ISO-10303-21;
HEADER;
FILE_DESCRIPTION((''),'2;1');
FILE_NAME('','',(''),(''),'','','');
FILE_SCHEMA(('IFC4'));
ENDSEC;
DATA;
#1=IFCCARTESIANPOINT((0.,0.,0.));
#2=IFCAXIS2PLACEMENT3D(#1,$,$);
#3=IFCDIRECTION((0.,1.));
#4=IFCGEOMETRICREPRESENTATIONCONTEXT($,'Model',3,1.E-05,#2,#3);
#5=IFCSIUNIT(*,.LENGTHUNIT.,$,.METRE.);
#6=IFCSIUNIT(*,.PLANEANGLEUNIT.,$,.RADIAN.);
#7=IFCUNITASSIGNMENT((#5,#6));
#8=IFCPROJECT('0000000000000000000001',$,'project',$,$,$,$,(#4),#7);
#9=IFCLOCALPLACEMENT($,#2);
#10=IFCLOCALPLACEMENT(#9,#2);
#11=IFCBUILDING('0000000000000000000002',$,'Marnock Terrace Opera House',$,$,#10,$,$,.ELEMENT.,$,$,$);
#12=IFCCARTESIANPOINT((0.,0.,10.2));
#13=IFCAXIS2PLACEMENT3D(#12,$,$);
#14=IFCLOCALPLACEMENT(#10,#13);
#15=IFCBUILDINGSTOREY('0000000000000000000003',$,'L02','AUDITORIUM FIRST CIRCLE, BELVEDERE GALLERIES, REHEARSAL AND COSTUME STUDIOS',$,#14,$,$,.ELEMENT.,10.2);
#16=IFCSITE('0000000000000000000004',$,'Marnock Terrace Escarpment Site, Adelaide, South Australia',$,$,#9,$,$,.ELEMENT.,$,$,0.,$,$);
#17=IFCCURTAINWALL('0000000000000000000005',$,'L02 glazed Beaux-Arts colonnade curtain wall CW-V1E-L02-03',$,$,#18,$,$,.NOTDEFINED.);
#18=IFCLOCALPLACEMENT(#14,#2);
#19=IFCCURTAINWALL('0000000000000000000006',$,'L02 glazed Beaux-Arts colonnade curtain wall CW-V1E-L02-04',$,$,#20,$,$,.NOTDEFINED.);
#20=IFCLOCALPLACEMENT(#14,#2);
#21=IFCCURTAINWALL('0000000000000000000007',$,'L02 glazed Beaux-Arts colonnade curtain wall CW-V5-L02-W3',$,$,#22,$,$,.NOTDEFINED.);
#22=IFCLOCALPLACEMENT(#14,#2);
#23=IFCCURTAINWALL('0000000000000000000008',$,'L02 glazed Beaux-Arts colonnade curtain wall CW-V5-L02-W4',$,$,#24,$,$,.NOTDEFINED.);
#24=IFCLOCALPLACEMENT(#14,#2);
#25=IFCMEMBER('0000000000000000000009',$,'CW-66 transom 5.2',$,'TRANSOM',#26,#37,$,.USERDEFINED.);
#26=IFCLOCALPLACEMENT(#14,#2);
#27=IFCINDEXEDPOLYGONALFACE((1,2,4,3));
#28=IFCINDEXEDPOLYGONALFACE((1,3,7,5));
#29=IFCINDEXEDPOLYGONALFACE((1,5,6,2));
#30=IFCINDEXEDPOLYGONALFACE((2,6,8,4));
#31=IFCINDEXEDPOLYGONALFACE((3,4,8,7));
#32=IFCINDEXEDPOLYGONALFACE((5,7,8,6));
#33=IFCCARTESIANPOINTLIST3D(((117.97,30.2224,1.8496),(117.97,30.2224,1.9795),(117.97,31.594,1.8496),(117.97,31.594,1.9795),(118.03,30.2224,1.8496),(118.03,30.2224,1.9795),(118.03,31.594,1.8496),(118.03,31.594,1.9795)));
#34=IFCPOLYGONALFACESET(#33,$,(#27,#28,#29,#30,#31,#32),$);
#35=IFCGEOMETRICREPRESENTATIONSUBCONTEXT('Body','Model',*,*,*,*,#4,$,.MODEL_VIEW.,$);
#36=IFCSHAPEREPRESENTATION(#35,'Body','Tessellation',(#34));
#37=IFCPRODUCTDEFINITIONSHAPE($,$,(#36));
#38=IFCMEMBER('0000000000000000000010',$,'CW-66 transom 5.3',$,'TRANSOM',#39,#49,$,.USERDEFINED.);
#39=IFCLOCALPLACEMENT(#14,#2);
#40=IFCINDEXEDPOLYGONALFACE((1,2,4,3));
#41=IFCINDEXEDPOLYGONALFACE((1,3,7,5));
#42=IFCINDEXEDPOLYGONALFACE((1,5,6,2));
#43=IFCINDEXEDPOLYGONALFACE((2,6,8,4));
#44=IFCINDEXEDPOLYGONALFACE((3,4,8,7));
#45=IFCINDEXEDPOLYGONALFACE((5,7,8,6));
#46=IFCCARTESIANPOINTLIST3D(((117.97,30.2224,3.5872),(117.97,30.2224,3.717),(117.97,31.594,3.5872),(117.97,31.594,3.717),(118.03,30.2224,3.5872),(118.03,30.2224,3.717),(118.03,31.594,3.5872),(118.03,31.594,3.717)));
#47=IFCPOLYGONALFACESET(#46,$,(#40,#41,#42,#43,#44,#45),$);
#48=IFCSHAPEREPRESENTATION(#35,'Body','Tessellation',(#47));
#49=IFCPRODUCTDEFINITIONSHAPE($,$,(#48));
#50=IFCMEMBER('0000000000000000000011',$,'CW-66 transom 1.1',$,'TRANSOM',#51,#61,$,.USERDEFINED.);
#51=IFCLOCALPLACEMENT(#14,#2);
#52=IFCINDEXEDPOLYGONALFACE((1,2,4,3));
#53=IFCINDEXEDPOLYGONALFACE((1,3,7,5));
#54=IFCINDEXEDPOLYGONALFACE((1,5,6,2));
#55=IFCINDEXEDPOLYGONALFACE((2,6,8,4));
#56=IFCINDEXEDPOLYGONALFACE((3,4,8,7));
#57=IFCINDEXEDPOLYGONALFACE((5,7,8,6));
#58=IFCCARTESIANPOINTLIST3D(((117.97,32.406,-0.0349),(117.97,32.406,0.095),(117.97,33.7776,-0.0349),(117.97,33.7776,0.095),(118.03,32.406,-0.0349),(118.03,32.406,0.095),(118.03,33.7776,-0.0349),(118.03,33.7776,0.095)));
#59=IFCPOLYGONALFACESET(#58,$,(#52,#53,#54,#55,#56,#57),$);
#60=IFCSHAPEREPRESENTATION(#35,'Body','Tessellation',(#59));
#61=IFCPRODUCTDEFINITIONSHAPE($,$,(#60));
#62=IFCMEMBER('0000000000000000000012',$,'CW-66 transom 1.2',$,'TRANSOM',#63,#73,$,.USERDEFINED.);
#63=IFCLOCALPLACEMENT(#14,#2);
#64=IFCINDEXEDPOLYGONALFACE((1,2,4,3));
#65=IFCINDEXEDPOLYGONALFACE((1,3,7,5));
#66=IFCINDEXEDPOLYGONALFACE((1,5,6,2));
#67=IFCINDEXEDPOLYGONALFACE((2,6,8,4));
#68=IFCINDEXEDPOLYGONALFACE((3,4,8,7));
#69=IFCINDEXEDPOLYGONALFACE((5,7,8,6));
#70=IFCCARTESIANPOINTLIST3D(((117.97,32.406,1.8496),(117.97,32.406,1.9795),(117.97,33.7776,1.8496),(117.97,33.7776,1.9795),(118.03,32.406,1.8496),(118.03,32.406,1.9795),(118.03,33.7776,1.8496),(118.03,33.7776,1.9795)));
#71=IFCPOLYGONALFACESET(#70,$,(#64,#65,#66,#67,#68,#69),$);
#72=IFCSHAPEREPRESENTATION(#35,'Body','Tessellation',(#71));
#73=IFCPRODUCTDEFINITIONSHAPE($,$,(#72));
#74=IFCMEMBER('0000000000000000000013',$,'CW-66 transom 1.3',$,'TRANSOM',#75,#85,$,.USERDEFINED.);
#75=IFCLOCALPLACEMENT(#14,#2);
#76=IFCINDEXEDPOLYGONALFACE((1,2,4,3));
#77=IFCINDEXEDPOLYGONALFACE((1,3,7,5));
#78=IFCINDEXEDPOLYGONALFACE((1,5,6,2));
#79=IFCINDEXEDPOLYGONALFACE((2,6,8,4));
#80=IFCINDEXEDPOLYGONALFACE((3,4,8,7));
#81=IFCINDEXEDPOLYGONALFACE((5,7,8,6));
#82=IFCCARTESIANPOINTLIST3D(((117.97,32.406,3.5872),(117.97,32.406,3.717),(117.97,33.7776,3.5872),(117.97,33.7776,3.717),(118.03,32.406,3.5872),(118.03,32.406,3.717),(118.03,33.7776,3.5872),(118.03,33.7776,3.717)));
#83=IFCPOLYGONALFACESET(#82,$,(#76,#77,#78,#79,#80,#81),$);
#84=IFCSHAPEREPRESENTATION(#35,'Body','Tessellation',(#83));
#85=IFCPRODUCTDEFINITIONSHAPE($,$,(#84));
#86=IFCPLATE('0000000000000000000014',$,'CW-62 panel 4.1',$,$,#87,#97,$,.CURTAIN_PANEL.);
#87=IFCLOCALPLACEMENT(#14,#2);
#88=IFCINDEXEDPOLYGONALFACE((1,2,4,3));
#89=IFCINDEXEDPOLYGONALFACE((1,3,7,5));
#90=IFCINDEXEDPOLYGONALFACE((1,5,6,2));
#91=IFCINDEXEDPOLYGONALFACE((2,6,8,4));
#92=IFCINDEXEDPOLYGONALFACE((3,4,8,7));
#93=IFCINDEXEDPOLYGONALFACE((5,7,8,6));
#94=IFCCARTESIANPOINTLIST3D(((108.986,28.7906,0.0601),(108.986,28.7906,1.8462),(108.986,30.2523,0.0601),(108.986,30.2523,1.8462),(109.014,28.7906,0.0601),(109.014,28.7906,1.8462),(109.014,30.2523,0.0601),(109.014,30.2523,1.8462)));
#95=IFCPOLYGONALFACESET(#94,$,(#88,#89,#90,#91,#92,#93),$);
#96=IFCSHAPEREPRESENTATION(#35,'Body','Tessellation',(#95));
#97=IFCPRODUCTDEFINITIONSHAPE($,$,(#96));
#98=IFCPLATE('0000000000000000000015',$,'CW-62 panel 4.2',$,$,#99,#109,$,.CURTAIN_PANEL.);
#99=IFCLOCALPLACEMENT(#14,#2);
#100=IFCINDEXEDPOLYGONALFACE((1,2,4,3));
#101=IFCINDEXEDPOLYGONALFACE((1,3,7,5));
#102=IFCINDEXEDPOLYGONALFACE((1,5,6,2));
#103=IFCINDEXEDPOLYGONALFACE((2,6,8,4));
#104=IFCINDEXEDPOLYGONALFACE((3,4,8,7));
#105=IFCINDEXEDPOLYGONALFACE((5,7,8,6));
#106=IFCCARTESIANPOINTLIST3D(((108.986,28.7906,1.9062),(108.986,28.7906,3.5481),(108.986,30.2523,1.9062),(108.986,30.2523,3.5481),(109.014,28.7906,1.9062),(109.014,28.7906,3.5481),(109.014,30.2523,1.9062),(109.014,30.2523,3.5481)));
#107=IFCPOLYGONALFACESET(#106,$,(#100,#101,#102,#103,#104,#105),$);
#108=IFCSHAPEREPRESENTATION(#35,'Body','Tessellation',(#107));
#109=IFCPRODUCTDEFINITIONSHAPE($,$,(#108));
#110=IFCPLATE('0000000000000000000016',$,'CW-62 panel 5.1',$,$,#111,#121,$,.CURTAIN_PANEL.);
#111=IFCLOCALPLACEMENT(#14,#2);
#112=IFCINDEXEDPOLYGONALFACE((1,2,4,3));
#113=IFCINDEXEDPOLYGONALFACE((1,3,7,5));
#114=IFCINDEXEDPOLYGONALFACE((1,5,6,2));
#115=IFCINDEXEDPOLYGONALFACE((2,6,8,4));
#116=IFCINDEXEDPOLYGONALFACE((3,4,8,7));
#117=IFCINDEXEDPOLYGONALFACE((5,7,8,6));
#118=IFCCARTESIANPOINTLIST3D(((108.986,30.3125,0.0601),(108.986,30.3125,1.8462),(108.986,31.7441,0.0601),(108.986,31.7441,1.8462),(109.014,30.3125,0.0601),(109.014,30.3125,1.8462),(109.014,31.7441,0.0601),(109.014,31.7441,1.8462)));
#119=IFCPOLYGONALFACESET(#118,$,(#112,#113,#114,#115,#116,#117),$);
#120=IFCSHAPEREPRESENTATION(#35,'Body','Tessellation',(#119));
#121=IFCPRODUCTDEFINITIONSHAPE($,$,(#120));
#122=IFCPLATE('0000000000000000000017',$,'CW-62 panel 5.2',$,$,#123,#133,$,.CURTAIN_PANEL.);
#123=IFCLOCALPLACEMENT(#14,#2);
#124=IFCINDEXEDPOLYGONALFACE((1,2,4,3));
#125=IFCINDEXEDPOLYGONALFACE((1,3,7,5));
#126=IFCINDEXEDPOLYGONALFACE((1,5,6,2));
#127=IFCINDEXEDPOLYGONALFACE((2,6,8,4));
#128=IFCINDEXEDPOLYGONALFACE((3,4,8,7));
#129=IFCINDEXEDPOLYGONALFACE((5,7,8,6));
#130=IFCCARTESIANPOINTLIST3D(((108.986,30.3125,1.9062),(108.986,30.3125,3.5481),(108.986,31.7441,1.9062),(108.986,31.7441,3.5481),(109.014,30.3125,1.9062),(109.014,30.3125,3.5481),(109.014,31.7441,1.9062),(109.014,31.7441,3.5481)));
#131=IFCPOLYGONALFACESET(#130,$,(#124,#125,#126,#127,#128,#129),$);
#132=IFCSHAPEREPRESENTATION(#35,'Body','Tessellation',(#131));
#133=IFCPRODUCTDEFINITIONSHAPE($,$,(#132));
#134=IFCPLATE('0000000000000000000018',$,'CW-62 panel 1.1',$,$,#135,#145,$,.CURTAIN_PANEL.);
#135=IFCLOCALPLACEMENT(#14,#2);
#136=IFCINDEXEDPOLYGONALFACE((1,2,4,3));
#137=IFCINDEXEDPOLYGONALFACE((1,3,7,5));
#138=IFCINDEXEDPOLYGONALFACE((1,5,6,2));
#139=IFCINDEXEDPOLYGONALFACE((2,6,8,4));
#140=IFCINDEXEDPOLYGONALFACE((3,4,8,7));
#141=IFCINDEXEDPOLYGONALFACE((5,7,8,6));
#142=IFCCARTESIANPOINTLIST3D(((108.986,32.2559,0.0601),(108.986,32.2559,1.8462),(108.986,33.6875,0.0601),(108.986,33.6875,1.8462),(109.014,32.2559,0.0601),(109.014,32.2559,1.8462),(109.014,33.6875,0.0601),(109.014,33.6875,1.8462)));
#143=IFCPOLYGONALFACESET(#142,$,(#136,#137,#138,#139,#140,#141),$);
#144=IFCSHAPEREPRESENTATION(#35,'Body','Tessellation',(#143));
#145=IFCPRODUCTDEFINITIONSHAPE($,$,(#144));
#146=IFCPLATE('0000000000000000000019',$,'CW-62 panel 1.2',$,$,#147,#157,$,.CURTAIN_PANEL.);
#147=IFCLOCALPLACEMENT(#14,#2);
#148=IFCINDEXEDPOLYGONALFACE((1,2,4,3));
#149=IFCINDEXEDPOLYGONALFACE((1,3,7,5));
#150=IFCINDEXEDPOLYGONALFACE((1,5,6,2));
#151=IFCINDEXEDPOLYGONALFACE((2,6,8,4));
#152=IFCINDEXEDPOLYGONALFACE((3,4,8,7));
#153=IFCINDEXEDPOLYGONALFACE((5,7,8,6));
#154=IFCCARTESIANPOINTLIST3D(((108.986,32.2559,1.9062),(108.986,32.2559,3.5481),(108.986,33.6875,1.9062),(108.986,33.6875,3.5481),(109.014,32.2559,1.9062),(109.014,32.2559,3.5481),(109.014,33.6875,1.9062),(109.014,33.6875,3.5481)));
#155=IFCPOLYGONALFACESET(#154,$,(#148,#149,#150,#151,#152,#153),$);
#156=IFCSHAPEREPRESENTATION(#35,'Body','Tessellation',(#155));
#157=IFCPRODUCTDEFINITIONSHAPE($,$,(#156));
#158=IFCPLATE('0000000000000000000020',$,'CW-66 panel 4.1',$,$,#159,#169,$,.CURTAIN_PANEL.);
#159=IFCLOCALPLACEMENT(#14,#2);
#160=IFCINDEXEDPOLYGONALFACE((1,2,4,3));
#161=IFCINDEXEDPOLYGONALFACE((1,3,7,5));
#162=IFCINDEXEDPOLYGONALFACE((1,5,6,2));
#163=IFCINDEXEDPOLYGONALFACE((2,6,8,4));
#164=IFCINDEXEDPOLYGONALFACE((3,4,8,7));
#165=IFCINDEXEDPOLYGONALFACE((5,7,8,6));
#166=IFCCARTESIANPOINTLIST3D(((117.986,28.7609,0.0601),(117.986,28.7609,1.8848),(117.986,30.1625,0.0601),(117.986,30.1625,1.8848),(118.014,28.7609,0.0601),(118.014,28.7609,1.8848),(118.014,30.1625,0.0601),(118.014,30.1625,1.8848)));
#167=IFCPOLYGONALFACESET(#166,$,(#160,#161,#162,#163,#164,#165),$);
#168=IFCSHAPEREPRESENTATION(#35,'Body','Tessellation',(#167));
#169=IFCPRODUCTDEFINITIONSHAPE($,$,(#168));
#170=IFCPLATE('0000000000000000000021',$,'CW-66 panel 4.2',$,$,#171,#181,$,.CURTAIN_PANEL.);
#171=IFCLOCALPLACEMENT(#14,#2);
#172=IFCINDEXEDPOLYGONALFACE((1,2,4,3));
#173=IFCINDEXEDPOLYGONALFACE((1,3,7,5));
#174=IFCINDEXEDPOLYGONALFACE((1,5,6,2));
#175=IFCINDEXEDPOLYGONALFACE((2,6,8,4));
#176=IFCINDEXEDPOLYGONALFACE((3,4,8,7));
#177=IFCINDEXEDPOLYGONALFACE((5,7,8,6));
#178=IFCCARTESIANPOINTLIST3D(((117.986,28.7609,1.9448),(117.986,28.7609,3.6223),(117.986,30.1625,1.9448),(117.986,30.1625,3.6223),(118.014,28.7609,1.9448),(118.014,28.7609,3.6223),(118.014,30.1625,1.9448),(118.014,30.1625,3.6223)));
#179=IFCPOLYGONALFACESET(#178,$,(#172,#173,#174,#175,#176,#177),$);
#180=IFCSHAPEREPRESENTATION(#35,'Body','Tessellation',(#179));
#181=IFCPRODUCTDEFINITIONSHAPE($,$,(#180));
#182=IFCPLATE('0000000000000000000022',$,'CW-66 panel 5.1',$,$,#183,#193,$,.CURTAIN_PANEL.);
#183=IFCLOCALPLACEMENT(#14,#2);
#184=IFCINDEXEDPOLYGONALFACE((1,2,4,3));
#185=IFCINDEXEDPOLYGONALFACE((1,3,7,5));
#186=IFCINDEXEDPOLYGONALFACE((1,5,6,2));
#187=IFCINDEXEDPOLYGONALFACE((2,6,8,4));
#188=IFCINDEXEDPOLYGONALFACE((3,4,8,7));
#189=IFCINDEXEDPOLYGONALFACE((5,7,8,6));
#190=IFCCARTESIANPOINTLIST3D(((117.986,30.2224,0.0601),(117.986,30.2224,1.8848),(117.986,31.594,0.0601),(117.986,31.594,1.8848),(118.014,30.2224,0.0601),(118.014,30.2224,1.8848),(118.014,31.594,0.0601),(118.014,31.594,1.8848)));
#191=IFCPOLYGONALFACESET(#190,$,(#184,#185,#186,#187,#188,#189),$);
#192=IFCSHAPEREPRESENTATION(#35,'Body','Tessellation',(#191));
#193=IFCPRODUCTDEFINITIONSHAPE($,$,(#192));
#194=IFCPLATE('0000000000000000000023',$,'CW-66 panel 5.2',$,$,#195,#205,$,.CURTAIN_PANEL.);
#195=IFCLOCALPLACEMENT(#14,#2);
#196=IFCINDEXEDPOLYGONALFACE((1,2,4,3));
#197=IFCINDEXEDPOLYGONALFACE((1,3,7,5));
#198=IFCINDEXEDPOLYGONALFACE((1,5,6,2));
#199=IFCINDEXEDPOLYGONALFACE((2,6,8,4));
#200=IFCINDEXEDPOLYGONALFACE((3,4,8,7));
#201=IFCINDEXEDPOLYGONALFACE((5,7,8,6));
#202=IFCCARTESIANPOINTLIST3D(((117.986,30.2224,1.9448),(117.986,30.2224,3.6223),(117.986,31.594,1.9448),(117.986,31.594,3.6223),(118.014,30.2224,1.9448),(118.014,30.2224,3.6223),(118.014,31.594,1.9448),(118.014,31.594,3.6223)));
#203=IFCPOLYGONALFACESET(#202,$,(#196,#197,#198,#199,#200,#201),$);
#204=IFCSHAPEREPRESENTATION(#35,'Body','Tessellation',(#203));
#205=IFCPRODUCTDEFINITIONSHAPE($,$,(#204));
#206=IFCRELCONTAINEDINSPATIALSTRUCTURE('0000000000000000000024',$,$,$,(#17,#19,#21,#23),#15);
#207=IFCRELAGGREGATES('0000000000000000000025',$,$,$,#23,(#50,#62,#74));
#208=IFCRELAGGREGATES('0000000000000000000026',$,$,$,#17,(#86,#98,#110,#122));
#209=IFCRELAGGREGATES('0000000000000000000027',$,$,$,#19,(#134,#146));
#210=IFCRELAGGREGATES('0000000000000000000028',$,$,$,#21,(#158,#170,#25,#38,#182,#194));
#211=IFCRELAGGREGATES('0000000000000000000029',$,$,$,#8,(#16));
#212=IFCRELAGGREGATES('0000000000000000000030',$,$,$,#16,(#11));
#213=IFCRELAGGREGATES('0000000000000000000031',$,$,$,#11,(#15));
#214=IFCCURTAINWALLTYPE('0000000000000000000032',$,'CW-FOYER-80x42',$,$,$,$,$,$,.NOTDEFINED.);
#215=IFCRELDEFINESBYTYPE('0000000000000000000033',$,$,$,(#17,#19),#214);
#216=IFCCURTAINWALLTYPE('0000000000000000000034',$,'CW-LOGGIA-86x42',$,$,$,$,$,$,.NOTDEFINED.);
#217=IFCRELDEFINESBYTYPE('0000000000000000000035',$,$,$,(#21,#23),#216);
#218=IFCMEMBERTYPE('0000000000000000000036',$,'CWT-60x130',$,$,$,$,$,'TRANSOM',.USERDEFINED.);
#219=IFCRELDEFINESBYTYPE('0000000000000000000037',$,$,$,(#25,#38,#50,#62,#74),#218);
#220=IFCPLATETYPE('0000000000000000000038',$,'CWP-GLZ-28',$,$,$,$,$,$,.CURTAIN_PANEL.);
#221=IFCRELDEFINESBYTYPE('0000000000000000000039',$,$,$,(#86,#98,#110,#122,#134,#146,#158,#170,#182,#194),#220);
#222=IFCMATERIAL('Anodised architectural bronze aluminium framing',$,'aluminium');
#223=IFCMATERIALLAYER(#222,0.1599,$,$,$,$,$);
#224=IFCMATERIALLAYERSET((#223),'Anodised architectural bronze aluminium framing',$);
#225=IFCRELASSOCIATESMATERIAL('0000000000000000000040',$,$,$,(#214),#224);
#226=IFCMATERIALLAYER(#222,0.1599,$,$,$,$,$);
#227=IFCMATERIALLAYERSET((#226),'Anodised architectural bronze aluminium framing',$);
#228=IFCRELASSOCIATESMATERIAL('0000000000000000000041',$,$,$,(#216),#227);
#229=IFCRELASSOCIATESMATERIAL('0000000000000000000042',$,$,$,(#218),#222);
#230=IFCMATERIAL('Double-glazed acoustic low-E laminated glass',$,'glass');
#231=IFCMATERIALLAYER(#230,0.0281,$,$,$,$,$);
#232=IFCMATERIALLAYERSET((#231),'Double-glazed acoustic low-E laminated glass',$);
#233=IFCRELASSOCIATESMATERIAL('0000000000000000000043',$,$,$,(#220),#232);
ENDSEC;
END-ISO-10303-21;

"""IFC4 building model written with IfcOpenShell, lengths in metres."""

from ifc_helpers import new_model, si_unit, direction, frame, origin, origin_2d, place, context, subcontext, project, spatial, rectangle, extrude, material, layer, layer_set, material_profile, profile_set, type_object, element, aggregate, save


model = new_model("IFC4")

# Units and contexts
model_context = context("Model", 3, precision=1e-05, world=origin(), true_north=direction((0.0, 1.0)))
body_context = subcontext(model_context, "Body", "Model", "MODEL_VIEW")
ifc_project = project(units=[si_unit("LENGTHUNIT", "METRE"), si_unit("PLANEANGLEUNIT", "RADIAN")], contexts=[model_context])

# Site, building, storey
site_placement = place(None, origin())
site = spatial("IfcSite", under=ifc_project, at=site_placement, Name="Marnock Terrace Escarpment Site, Adelaide, South Australia", CompositionType="ELEMENT", RefElevation=0.0)
building_placement = place(site_placement, origin())
building = spatial("IfcBuilding", under=site, at=building_placement, Name="Marnock Terrace Opera House", CompositionType="ELEMENT")
storey_placement = place(building_placement, frame((0.0, 0.0, 10.2)))
storey = spatial("IfcBuildingStorey", under=building, at=storey_placement, Name="L02", Description="AUDITORIUM FIRST CIRCLE, BELVEDERE GALLERIES, REHEARSAL AND COSTUME STUDIOS", CompositionType="ELEMENT", Elevation=10.2)

# Curtain walls
ifc_material_1 = material(Name="Anodised architectural bronze aluminium framing", Category="aluminium")
ifc_layer_1 = layer(ifc_material_1, 0.1599)
ifc_layer_set_1 = layer_set([ifc_layer_1], Name="Anodised architectural bronze aluminium framing")
curtain_wall_type_1 = type_object("IfcCurtainWallType", Name="CW-FOYER-80x42", PredefinedType="NOTDEFINED", material=ifc_layer_set_1)
curtain_wall_1_placement = place(storey_placement, origin())
curtain_wall_1 = element("IfcCurtainWall", 1, at=curtain_wall_1_placement, inside=storey, type_object=curtain_wall_type_1, Name="L02 glazed Beaux-Arts colonnade curtain wall CW-V1E-L02-03", PredefinedType="NOTDEFINED")
curtain_wall_2_placement = place(storey_placement, origin())
curtain_wall_2 = element("IfcCurtainWall", 2, at=curtain_wall_2_placement, inside=storey, type_object=curtain_wall_type_1, Name="L02 glazed Beaux-Arts colonnade curtain wall CW-V1E-L02-04", PredefinedType="NOTDEFINED")
ifc_layer_2 = layer(ifc_material_1, 0.1599)
ifc_layer_set_2 = layer_set([ifc_layer_2], Name="Anodised architectural bronze aluminium framing")
curtain_wall_type_2 = type_object("IfcCurtainWallType", Name="CW-LOGGIA-86x42", PredefinedType="NOTDEFINED", material=ifc_layer_set_2)
curtain_wall_3_placement = place(storey_placement, origin())
curtain_wall_3 = element("IfcCurtainWall", 3, at=curtain_wall_3_placement, inside=storey, type_object=curtain_wall_type_2, Name="L02 glazed Beaux-Arts colonnade curtain wall CW-V5-L02-W3", PredefinedType="NOTDEFINED")

# Curtain wall
curtain_wall_4_placement = place(storey_placement, origin())
curtain_wall_4 = element("IfcCurtainWall", 4, at=curtain_wall_4_placement, inside=storey, type_object=curtain_wall_type_2, Name="L02 glazed Beaux-Arts colonnade curtain wall CW-V5-L02-W4", PredefinedType="NOTDEFINED")

# Members
ifc_material_profile_1 = material_profile(ifc_material_1, rectangle(XDim=0.0601, YDim=0.1299, at=origin_2d()))
ifc_profile_set_1 = profile_set([ifc_material_profile_1], Name="Anodised architectural bronze aluminium framing")
member_type_1 = type_object("IfcMemberType", Name="CWT-60x130", ElementType="TRANSOM", PredefinedType="USERDEFINED", material=ifc_profile_set_1)
member_1_placement = place(storey_placement, frame((118.0, 30.2224, 1.9146), z_axis=(0.0, 1.0, 0.0), x_axis=(-1.0, 0.0, 0.0)))
member_1 = element("IfcMember", 5, at=member_1_placement, type_object=member_type_1, Name="CW-66 transom 5.2", ObjectType="TRANSOM", PredefinedType="USERDEFINED", context=body_context, shape_type="SweptSolid", body=[
    extrude(rectangle(XDim=0.0601, YDim=0.1299, at=origin_2d()), origin(), (0.0, 0.0, 1.0), 1.3716),
])
member_2_placement = place(storey_placement, frame((118.0, 30.2224, 3.6521), z_axis=(0.0, 1.0, 0.0), x_axis=(-1.0, 0.0, 0.0)))
member_2 = element("IfcMember", 6, at=member_2_placement, type_object=member_type_1, Name="CW-66 transom 5.3", ObjectType="TRANSOM", PredefinedType="USERDEFINED", context=body_context, shape_type="SweptSolid", body=[
    extrude(rectangle(XDim=0.0601, YDim=0.1299, at=origin_2d()), origin(), (0.0, 0.0, 1.0), 1.3716),
])
member_3_placement = place(storey_placement, frame((118.0, 32.406, 0.03), z_axis=(0.0, 1.0, 0.0), x_axis=(-1.0, 0.0, 0.0)))
member_3 = element("IfcMember", 7, at=member_3_placement, type_object=member_type_1, Name="CW-66 transom 1.1", ObjectType="TRANSOM", PredefinedType="USERDEFINED", context=body_context, shape_type="SweptSolid", body=[
    extrude(rectangle(XDim=0.0601, YDim=0.1299, at=origin_2d()), origin(), (0.0, 0.0, 1.0), 1.3716),
])
member_4_placement = place(storey_placement, frame((118.0, 32.406, 1.9146), z_axis=(0.0, 1.0, 0.0), x_axis=(-1.0, 0.0, 0.0)))
member_4 = element("IfcMember", 8, at=member_4_placement, type_object=member_type_1, Name="CW-66 transom 1.2", ObjectType="TRANSOM", PredefinedType="USERDEFINED", context=body_context, shape_type="SweptSolid", body=[
    extrude(rectangle(XDim=0.0601, YDim=0.1299, at=origin_2d()), origin(), (0.0, 0.0, 1.0), 1.3716),
])
member_5_placement = place(storey_placement, frame((118.0, 32.406, 3.6521), z_axis=(0.0, 1.0, 0.0), x_axis=(-1.0, 0.0, 0.0)))
member_5 = element("IfcMember", 9, at=member_5_placement, type_object=member_type_1, Name="CW-66 transom 1.3", ObjectType="TRANSOM", PredefinedType="USERDEFINED", context=body_context, shape_type="SweptSolid", body=[
    extrude(rectangle(XDim=0.0601, YDim=0.1299, at=origin_2d()), origin(), (0.0, 0.0, 1.0), 1.3716),
])
aggregate(curtain_wall_4, [member_3, member_4, member_5])

# Plates
ifc_material_2 = material(Name="Double-glazed acoustic low-E laminated glass", Category="glass")
ifc_layer_3 = layer(ifc_material_2, 0.0281)
ifc_layer_set_3 = layer_set([ifc_layer_3], Name="Double-glazed acoustic low-E laminated glass")
plate_type = type_object("IfcPlateType", Name="CWP-GLZ-28", PredefinedType="CURTAIN_PANEL", material=ifc_layer_set_3)
plate_1_placement = place(storey_placement, frame((109.0, 29.5215, 0.0601), z_axis=(0.0, 0.0, 1.0), x_axis=(0.0, 1.0, 0.0)))
plate_1 = element("IfcPlate", 10, at=plate_1_placement, type_object=plate_type, Name="CW-62 panel 4.1", PredefinedType="CURTAIN_PANEL", context=body_context, shape_type="SweptSolid", body=[
    extrude(rectangle(XDim=1.4617, YDim=0.0281, at=origin_2d()), origin(), (0.0, 0.0, 1.0), 1.7861),
])
plate_2_placement = place(storey_placement, frame((109.0, 29.5215, 1.9062), z_axis=(0.0, 0.0, 1.0), x_axis=(0.0, 1.0, 0.0)))
plate_2 = element("IfcPlate", 11, at=plate_2_placement, type_object=plate_type, Name="CW-62 panel 4.2", PredefinedType="CURTAIN_PANEL", context=body_context, shape_type="SweptSolid", body=[
    extrude(rectangle(XDim=1.4617, YDim=0.0281, at=origin_2d()), origin(), (0.0, 0.0, 1.0), 1.6418),
])
plate_3_placement = place(storey_placement, frame((109.0, 31.0283, 0.0601), z_axis=(0.0, 0.0, 1.0), x_axis=(0.0, 1.0, 0.0)))
plate_3 = element("IfcPlate", 12, at=plate_3_placement, type_object=plate_type, Name="CW-62 panel 5.1", PredefinedType="CURTAIN_PANEL", context=body_context, shape_type="SweptSolid", body=[
    extrude(rectangle(XDim=1.4316, YDim=0.0281, at=origin_2d()), origin(), (0.0, 0.0, 1.0), 1.7861),
])
plate_4_placement = place(storey_placement, frame((109.0, 31.0283, 1.9062), z_axis=(0.0, 0.0, 1.0), x_axis=(0.0, 1.0, 0.0)))
plate_4 = element("IfcPlate", 13, at=plate_4_placement, type_object=plate_type, Name="CW-62 panel 5.2", PredefinedType="CURTAIN_PANEL", context=body_context, shape_type="SweptSolid", body=[
    extrude(rectangle(XDim=1.4316, YDim=0.0281, at=origin_2d()), origin(), (0.0, 0.0, 1.0), 1.6418),
])
aggregate(curtain_wall_1, [plate_1, plate_2, plate_3, plate_4])
plate_5_placement = place(storey_placement, frame((109.0, 32.9717, 0.0601), z_axis=(0.0, 0.0, 1.0), x_axis=(0.0, 1.0, 0.0)))
plate_5 = element("IfcPlate", 14, at=plate_5_placement, type_object=plate_type, Name="CW-62 panel 1.1", PredefinedType="CURTAIN_PANEL", context=body_context, shape_type="SweptSolid", body=[
    extrude(rectangle(XDim=1.4316, YDim=0.0281, at=origin_2d()), origin(), (0.0, 0.0, 1.0), 1.7861),
])
plate_6_placement = place(storey_placement, frame((109.0, 32.9717, 1.9062), z_axis=(0.0, 0.0, 1.0), x_axis=(0.0, 1.0, 0.0)))
plate_6 = element("IfcPlate", 15, at=plate_6_placement, type_object=plate_type, Name="CW-62 panel 1.2", PredefinedType="CURTAIN_PANEL", context=body_context, shape_type="SweptSolid", body=[
    extrude(rectangle(XDim=1.4316, YDim=0.0281, at=origin_2d()), origin(), (0.0, 0.0, 1.0), 1.6418),
])
aggregate(curtain_wall_2, [plate_5, plate_6])
plate_7_placement = place(storey_placement, frame((118.0, 29.4617, 0.0601), z_axis=(0.0, 0.0, 1.0), x_axis=(0.0, 1.0, 0.0)))
plate_7 = element("IfcPlate", 16, at=plate_7_placement, type_object=plate_type, Name="CW-66 panel 4.1", PredefinedType="CURTAIN_PANEL", context=body_context, shape_type="SweptSolid", body=[
    extrude(rectangle(XDim=1.4016, YDim=0.0281, at=origin_2d()), origin(), (0.0, 0.0, 1.0), 1.8247),
])
plate_8_placement = place(storey_placement, frame((118.0, 29.4617, 1.9448), z_axis=(0.0, 0.0, 1.0), x_axis=(0.0, 1.0, 0.0)))
plate_8 = element("IfcPlate", 17, at=plate_8_placement, type_object=plate_type, Name="CW-66 panel 4.2", PredefinedType="CURTAIN_PANEL", context=body_context, shape_type="SweptSolid", body=[
    extrude(rectangle(XDim=1.4016, YDim=0.0281, at=origin_2d()), origin(), (0.0, 0.0, 1.0), 1.6775),
])
plate_9_placement = place(storey_placement, frame((118.0, 30.9082, 0.0601), z_axis=(0.0, 0.0, 1.0), x_axis=(0.0, 1.0, 0.0)))
plate_9 = element("IfcPlate", 18, at=plate_9_placement, type_object=plate_type, Name="CW-66 panel 5.1", PredefinedType="CURTAIN_PANEL", context=body_context, shape_type="SweptSolid", body=[
    extrude(rectangle(XDim=1.3716, YDim=0.0281, at=origin_2d()), origin(), (0.0, 0.0, 1.0), 1.8247),
])
plate_10_placement = place(storey_placement, frame((118.0, 30.9082, 1.9448), z_axis=(0.0, 0.0, 1.0), x_axis=(0.0, 1.0, 0.0)))
plate_10 = element("IfcPlate", 19, at=plate_10_placement, type_object=plate_type, Name="CW-66 panel 5.2", PredefinedType="CURTAIN_PANEL", context=body_context, shape_type="SweptSolid", body=[
    extrude(rectangle(XDim=1.3716, YDim=0.0281, at=origin_2d()), origin(), (0.0, 0.0, 1.0), 1.6775),
])
aggregate(curtain_wall_3, [plate_7, plate_8, member_1, member_2, plate_9, plate_10])

save(model, "model.ifc")
